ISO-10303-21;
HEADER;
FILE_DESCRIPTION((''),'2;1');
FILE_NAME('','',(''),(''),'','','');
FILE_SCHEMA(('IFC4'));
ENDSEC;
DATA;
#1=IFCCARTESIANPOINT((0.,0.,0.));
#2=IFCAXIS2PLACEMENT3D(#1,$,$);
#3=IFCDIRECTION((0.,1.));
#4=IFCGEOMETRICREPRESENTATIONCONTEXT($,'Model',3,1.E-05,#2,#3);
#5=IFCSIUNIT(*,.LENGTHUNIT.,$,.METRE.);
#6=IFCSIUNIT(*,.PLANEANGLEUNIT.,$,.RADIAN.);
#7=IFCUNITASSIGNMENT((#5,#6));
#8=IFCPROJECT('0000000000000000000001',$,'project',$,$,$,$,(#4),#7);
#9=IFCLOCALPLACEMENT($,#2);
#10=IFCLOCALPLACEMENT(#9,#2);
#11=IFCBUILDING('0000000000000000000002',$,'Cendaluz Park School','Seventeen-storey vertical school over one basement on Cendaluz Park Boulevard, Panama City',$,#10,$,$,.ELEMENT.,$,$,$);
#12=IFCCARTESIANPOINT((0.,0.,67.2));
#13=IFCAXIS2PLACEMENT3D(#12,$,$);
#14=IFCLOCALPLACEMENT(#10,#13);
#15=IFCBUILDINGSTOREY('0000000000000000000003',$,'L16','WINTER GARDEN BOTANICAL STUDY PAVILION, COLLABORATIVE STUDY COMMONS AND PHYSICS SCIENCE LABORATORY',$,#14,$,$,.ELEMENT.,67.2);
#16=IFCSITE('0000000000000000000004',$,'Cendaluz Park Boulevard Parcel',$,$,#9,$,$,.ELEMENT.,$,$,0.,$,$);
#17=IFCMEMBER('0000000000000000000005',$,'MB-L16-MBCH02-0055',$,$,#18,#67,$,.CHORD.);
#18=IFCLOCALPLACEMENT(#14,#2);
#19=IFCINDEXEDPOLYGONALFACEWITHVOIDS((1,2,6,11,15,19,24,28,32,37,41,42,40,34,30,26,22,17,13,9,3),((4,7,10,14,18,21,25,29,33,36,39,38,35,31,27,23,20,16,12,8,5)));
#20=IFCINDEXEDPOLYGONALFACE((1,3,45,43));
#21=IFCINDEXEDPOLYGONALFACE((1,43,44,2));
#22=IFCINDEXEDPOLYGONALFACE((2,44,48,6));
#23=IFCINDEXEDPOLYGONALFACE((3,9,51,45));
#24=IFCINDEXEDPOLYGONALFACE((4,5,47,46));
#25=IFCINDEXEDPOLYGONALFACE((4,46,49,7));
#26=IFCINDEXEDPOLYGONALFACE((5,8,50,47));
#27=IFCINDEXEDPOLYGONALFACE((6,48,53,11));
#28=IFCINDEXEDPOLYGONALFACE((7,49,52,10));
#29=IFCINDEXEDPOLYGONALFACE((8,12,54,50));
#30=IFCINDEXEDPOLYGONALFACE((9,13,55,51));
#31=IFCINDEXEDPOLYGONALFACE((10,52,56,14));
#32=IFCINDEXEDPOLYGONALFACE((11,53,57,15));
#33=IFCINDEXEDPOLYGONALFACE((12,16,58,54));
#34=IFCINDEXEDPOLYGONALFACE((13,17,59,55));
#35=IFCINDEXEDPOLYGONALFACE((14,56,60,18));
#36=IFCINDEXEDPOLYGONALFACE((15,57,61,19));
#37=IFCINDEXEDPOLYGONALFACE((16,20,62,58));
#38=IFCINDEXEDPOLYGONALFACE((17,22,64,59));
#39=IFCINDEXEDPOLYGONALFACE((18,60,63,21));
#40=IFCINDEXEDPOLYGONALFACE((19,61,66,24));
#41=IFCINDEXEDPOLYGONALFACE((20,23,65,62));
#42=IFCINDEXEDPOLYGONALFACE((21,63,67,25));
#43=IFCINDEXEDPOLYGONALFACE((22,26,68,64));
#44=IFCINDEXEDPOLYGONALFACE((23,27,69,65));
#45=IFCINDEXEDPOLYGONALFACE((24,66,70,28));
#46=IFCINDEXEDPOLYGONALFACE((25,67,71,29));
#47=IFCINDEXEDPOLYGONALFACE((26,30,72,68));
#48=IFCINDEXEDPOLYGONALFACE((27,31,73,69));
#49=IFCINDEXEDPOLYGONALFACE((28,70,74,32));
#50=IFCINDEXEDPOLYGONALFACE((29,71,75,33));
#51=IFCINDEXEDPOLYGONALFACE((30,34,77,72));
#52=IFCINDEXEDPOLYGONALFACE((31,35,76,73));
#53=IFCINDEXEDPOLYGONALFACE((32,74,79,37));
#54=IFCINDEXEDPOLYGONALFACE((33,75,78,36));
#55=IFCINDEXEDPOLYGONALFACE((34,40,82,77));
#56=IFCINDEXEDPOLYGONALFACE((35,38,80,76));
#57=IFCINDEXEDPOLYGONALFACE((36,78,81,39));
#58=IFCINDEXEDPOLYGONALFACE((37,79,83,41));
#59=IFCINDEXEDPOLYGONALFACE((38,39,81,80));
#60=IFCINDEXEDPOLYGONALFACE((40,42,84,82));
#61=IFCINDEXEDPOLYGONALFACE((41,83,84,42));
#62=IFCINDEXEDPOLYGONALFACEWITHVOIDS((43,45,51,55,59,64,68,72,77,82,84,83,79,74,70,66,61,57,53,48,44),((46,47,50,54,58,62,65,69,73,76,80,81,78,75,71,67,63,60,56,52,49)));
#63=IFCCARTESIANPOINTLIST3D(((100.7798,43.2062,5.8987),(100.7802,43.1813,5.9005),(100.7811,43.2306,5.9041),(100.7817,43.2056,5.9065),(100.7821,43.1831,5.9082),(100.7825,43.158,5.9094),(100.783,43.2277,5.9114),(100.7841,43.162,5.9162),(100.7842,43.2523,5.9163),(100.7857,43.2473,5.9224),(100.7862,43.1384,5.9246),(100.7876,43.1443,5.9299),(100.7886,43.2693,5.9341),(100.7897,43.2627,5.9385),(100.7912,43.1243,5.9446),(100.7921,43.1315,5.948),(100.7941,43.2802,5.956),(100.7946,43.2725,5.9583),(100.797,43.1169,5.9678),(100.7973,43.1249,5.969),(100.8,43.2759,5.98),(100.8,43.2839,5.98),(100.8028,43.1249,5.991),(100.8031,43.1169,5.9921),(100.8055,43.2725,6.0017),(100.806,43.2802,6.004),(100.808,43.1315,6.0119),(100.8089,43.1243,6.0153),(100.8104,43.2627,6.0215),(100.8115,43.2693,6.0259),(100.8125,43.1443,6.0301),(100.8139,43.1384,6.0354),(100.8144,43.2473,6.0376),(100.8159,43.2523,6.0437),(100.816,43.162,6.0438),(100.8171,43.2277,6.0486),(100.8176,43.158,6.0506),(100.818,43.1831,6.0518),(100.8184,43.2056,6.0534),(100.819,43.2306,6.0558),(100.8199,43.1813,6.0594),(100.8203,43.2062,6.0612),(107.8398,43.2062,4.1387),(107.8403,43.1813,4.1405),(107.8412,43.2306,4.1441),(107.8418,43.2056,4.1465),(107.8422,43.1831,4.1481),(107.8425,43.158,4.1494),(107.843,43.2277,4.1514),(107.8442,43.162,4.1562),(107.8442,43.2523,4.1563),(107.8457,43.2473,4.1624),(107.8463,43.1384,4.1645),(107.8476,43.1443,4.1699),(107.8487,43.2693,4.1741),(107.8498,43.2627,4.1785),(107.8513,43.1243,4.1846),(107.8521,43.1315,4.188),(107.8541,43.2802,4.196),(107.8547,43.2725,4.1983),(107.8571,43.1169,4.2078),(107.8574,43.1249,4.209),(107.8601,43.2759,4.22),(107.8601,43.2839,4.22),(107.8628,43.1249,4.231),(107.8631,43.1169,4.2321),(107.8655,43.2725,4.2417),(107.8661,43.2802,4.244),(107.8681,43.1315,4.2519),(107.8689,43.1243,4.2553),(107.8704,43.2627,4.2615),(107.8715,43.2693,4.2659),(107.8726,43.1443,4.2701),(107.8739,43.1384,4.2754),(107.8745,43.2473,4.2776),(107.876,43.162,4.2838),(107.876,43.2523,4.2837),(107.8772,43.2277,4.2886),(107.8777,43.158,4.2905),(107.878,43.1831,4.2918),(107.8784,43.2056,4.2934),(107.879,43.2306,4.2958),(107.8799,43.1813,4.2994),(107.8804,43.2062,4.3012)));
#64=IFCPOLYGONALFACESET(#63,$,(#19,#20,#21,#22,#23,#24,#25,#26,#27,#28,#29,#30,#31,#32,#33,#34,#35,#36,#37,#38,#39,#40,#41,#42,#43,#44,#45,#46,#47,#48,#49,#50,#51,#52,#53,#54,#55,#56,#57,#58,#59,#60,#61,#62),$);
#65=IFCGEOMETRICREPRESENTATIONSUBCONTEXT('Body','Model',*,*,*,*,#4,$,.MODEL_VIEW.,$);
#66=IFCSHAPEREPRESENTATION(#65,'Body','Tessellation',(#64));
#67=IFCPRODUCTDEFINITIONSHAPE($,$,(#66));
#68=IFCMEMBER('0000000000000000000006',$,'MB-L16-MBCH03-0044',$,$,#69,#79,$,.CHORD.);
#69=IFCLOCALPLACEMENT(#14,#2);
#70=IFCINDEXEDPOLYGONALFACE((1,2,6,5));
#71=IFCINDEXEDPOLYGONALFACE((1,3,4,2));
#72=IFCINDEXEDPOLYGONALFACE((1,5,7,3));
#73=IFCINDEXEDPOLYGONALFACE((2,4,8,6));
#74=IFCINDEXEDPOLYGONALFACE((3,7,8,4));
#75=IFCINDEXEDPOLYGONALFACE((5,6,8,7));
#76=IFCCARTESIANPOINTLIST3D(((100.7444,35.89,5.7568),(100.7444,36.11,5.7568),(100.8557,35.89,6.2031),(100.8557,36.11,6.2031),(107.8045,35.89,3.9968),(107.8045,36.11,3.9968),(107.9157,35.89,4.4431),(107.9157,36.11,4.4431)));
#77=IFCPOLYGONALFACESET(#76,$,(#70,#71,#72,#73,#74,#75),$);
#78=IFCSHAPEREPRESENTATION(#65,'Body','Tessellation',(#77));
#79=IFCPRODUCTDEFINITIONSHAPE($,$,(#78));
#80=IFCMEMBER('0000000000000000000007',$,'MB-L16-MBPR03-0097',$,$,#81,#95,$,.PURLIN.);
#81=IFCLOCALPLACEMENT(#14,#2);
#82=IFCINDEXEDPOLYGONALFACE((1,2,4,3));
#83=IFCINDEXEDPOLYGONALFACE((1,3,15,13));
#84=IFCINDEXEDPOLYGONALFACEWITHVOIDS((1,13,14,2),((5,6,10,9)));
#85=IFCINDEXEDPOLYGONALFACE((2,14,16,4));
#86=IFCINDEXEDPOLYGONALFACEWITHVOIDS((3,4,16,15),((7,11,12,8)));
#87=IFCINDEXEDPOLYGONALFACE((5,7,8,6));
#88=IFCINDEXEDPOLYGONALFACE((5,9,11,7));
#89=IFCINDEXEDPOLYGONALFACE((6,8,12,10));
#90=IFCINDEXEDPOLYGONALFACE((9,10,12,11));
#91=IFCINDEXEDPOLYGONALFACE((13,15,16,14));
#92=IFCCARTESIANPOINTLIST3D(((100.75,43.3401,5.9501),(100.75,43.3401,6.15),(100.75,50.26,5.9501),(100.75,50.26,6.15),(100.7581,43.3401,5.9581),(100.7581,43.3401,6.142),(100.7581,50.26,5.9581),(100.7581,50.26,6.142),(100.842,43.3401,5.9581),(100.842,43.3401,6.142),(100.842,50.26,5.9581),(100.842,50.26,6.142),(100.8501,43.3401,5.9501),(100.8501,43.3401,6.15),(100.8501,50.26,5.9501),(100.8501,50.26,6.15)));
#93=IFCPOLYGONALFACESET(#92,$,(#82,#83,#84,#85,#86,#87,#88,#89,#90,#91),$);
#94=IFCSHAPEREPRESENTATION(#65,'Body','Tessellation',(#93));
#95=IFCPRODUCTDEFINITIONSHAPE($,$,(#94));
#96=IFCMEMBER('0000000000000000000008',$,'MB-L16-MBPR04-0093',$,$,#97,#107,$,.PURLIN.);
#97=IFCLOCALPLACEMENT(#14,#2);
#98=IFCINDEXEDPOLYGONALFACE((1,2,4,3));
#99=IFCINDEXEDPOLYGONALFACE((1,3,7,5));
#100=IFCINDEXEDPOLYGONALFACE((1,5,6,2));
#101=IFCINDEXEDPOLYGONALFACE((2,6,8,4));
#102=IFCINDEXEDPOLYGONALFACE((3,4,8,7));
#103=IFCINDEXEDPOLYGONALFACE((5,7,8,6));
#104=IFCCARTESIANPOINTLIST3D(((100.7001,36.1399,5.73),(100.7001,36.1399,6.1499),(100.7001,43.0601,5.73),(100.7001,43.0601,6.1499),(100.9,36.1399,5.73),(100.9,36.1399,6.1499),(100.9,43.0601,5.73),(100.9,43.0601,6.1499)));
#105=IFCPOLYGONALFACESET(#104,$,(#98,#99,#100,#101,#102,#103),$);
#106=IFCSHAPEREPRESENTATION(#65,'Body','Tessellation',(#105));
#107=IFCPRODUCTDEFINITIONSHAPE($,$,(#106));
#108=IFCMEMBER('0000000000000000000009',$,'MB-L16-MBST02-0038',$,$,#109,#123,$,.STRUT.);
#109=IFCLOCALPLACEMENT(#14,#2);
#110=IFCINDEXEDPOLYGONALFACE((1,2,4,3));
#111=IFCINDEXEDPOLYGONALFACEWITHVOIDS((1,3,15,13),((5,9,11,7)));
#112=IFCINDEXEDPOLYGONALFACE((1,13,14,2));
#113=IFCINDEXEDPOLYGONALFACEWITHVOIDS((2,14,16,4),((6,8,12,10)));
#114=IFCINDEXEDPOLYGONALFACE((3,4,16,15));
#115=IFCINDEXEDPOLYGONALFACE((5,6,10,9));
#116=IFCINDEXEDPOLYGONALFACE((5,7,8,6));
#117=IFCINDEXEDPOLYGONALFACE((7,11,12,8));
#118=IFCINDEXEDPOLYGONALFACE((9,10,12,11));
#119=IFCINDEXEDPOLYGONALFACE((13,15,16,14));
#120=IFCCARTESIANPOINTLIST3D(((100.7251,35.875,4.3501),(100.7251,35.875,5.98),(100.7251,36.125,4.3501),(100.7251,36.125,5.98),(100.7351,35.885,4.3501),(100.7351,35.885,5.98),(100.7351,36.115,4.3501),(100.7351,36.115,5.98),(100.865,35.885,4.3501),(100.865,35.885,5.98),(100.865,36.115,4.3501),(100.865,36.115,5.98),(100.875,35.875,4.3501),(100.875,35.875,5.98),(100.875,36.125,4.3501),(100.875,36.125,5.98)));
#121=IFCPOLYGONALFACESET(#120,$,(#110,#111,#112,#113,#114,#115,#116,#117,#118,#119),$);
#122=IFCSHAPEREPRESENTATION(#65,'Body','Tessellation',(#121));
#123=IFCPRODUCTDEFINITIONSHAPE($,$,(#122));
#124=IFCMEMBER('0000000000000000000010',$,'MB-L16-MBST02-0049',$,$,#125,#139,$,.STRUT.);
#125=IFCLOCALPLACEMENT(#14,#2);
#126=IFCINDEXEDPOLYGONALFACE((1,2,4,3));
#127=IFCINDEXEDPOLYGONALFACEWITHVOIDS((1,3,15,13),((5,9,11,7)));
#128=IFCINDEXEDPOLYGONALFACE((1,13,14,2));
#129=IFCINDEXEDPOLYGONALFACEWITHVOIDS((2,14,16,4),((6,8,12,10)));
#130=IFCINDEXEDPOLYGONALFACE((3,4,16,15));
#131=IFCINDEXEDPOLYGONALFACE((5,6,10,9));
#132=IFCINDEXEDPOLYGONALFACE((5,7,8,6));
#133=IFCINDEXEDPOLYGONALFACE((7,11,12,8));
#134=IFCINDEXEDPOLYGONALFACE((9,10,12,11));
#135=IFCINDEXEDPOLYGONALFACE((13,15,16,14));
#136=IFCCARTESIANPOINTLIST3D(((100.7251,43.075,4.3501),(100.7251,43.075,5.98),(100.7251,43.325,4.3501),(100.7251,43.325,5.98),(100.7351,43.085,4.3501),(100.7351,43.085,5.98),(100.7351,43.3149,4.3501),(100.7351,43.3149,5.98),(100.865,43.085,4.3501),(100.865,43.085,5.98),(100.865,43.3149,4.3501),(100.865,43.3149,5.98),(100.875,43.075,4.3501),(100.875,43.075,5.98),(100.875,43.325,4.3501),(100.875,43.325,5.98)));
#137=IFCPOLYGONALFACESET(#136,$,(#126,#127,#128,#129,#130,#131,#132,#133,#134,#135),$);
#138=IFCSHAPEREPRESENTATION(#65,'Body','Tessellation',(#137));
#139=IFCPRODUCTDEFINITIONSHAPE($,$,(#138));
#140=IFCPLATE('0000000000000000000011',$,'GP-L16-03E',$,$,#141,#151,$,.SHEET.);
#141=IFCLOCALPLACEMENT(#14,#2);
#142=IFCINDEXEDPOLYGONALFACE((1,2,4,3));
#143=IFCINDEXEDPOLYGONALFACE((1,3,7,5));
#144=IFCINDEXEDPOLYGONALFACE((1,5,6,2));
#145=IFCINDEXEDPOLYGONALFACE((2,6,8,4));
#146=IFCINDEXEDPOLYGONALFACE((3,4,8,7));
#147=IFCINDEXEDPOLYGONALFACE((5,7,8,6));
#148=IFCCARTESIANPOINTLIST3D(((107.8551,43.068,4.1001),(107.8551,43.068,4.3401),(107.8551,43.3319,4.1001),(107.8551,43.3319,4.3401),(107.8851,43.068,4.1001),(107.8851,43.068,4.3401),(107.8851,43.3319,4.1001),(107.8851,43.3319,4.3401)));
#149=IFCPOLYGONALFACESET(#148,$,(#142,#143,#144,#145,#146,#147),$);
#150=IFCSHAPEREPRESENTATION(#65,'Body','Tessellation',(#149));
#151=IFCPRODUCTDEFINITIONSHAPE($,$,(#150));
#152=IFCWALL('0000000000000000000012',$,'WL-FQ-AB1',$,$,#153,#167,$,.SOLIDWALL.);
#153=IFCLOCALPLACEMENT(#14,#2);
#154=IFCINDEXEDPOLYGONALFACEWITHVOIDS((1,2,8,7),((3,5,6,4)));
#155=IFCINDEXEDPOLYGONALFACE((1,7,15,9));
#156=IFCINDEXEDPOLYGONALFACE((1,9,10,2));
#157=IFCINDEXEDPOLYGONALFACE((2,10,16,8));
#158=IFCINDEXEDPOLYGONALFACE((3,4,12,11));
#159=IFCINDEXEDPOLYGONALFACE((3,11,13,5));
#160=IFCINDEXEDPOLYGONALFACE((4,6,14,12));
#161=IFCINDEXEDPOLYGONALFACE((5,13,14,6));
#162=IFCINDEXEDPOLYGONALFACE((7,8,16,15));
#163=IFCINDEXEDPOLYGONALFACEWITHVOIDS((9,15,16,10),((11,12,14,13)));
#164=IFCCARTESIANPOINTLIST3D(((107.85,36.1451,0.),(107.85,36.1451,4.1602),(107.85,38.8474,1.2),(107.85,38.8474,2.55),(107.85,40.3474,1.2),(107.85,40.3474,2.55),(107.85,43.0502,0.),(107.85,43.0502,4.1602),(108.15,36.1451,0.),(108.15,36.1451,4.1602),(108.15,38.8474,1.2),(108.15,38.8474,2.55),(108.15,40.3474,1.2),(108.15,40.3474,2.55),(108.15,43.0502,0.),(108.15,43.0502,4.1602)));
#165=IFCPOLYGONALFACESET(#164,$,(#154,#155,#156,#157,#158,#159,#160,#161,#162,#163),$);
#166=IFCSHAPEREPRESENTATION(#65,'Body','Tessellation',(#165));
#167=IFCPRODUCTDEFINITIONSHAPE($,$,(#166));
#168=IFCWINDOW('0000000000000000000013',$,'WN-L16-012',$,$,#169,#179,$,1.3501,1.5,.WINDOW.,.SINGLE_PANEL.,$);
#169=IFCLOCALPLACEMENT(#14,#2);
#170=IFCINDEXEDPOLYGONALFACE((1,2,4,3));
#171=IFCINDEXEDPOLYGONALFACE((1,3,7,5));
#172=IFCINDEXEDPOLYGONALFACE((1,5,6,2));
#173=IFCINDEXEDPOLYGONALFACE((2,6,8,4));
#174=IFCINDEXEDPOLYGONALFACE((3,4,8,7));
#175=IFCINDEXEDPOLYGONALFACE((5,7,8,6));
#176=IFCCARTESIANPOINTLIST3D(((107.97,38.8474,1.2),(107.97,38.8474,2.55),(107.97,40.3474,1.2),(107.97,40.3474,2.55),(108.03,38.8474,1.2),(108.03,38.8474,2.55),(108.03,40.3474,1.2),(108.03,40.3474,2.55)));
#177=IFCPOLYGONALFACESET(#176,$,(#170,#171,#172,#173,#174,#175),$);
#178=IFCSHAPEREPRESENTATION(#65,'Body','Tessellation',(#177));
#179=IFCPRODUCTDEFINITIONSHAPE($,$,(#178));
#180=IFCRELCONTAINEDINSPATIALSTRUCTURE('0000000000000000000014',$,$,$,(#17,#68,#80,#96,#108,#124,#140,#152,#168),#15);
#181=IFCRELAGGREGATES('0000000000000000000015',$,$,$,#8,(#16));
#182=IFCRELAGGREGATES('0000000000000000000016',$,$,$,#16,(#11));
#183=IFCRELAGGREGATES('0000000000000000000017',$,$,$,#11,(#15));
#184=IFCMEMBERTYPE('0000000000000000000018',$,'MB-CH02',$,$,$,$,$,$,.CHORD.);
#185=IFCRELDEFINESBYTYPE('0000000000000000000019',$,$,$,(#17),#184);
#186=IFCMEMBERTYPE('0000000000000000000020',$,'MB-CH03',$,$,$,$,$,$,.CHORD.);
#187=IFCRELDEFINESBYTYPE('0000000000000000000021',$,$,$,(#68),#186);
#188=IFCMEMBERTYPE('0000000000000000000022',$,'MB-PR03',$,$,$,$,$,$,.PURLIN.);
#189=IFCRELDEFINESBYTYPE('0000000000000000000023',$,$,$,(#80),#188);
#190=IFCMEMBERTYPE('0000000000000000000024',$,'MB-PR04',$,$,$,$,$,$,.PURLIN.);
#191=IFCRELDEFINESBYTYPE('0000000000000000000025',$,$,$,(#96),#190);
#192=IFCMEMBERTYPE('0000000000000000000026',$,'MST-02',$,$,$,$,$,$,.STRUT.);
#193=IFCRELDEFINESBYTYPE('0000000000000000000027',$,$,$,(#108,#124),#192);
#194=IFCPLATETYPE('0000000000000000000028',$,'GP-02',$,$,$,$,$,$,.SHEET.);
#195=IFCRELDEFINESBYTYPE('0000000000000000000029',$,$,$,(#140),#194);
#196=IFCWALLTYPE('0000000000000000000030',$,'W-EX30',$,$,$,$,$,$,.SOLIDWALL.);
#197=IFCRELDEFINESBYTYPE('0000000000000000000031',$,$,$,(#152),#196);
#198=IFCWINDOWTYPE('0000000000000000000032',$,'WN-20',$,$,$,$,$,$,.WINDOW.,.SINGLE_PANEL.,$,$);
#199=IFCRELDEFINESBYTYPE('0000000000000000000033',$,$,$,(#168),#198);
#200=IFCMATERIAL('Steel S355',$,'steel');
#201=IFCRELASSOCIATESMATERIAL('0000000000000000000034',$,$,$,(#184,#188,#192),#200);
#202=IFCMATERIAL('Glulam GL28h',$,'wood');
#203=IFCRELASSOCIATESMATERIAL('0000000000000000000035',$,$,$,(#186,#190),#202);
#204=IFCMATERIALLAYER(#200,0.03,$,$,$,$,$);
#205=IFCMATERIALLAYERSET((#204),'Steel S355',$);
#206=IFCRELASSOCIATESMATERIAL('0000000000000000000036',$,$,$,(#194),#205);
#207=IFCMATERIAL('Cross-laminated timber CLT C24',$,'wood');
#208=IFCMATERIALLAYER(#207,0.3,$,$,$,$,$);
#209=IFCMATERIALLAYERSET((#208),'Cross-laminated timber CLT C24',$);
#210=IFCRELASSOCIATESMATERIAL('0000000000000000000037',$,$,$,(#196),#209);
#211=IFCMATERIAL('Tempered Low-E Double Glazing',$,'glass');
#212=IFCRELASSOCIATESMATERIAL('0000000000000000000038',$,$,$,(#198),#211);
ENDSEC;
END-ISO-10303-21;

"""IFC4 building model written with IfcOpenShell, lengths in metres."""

from ifc_helpers import new_model, si_unit, direction, frame, frame_2d, origin, origin_2d, place, context, subcontext, project, spatial, rectangle, hollow_rectangle, hollow_circle, extrude, material, layer, layer_set, material_profile, profile_set, type_object, element, fill, save


model = new_model("IFC4")

# Units and contexts
model_context = context("Model", 3, precision=1e-05, world=origin(), true_north=direction((0.0, 1.0)))
body_context = subcontext(model_context, "Body", "Model", "MODEL_VIEW")
ifc_project = project(units=[si_unit("LENGTHUNIT", "METRE"), si_unit("PLANEANGLEUNIT", "RADIAN")], contexts=[model_context])

# Site, building, storey
site_placement = place(None, origin())
site = spatial("IfcSite", under=ifc_project, at=site_placement, Name="Cendaluz Park Boulevard Parcel", CompositionType="ELEMENT", RefElevation=0.0)
building_placement = place(site_placement, origin())
building = spatial("IfcBuilding", under=site, at=building_placement, Name="Cendaluz Park School", Description="Seventeen-storey vertical school over one basement on Cendaluz Park Boulevard, Panama City", CompositionType="ELEMENT")
storey_placement = place(building_placement, frame((0.0, 0.0, 67.2)))
storey = spatial("IfcBuildingStorey", under=building, at=storey_placement, Name="L16", Description="WINTER GARDEN BOTANICAL STUDY PAVILION, COLLABORATIVE STUDY COMMONS AND PHYSICS SCIENCE LABORATORY", CompositionType="ELEMENT", Elevation=67.2)

# Shared definitions
ifc_material_1 = material(Name="Steel S355", Category="steel")

# Members
ifc_material_profile_1 = material_profile(ifc_material_1, hollow_circle(Radius=0.084, WallThickness=0.0081, at=origin_2d()), Name="CHS 168x8", Category="steel")
ifc_profile_set_1 = profile_set([ifc_material_profile_1], Name="Steel S355")
member_type_1 = type_object("IfcMemberType", Name="MB-CH02", PredefinedType="CHORD", material=ifc_profile_set_1)
member_1_placement = place(storey_placement, frame((100.8, 43.2, 5.98), z_axis=(0.970304, 0.0, -0.241888), x_axis=(0.0, 1.0, 0.0)))
element("IfcMember", 1, at=member_1_placement, inside=storey, type_object=member_type_1, Name="MB-L16-MBCH02-0055", PredefinedType="CHORD", context=body_context, shape_type="SweptSolid", body=[
    extrude(hollow_circle(Radius=0.084, WallThickness=0.0081, at=origin_2d()), origin(), (0.0, 0.0, 1.0), 7.2761),
])
ifc_material_2 = material(Name="Glulam GL28h", Category="wood")
ifc_material_profile_2 = material_profile(ifc_material_2, rectangle(XDim=0.22, YDim=0.46, at=origin_2d()), Name="GL28h 220x460", Category="wood")
ifc_profile_set_2 = profile_set([ifc_material_profile_2], Name="Glulam GL28h")
member_type_2 = type_object("IfcMemberType", Name="MB-CH03", PredefinedType="CHORD", material=ifc_profile_set_2)
member_2_placement = place(storey_placement, frame((100.8, 36.0, 5.98), z_axis=(0.970304, 0.0, -0.241888), x_axis=(0.0, 1.0, 0.0)))
element("IfcMember", 2, at=member_2_placement, inside=storey, type_object=member_type_2, Name="MB-L16-MBCH03-0044", PredefinedType="CHORD", context=body_context, shape_type="SweptSolid", body=[
    extrude(rectangle(XDim=0.22, YDim=0.46, at=origin_2d()), origin(), (0.0, 0.0, 1.0), 7.2761),
])
ifc_material_profile_3 = material_profile(ifc_material_1, hollow_rectangle(XDim=0.1001, YDim=0.2, WallThickness=0.0081, at=origin_2d()), Name="RHS 200x100x8", Category="steel")
ifc_profile_set_3 = profile_set([ifc_material_profile_3], Name="Steel S355")
member_type_3 = type_object("IfcMemberType", Name="MB-PR03", PredefinedType="PURLIN", material=ifc_profile_set_3)
member_3_placement = place(storey_placement, frame((100.8, 43.3401, 6.05), z_axis=(0.0, 1.0, 0.0), x_axis=(-1.0, 0.0, 0.0)))
element("IfcMember", 3, at=member_3_placement, inside=storey, type_object=member_type_3, Name="MB-L16-MBPR03-0097", PredefinedType="PURLIN", context=body_context, shape_type="SweptSolid", body=[
    extrude(hollow_rectangle(XDim=0.1001, YDim=0.2, WallThickness=0.0081, at=origin_2d()), origin(), (0.0, 0.0, 1.0), 6.9199),
])
ifc_material_profile_4 = material_profile(ifc_material_2, rectangle(XDim=0.2, YDim=0.4199, at=origin_2d()), Name="GL28h 200x420", Category="wood")
ifc_profile_set_4 = profile_set([ifc_material_profile_4], Name="Glulam GL28h")
member_type_4 = type_object("IfcMemberType", Name="MB-PR04", PredefinedType="PURLIN", material=ifc_profile_set_4)
member_4_placement = place(storey_placement, frame((100.8, 36.1399, 5.9399), z_axis=(0.0, 1.0, 0.0), x_axis=(-1.0, 0.0, 0.0)))
element("IfcMember", 4, at=member_4_placement, inside=storey, type_object=member_type_4, Name="MB-L16-MBPR04-0093", PredefinedType="PURLIN", context=body_context, shape_type="SweptSolid", body=[
    extrude(rectangle(XDim=0.2, YDim=0.4199, at=origin_2d()), origin(), (0.0, 0.0, 1.0), 6.9202),
])
ifc_material_profile_5 = material_profile(ifc_material_1, hollow_rectangle(XDim=0.1499, YDim=0.25, WallThickness=0.01, at=origin_2d()), Name="RHS 250x150x10", Category="steel")
ifc_profile_set_5 = profile_set([ifc_material_profile_5], Name="Steel S355")
member_type_5 = type_object("IfcMemberType", Name="MST-02", PredefinedType="STRUT", material=ifc_profile_set_5)
for number, where, z_axis, x_axis, name in (
    (5, (100.8, 36.0, 4.3501), (0.0, 0.0, 1.0), (1.0, 0.0, 0.0), "MB-L16-MBST02-0038"),
    (6, (100.8, 43.2, 4.3501), (0.0, 0.0, 1.0), (1.0, 0.0, 0.0), "MB-L16-MBST02-0049"),
):
    element("IfcMember", number, at=place(storey_placement, frame(where, z_axis=z_axis, x_axis=x_axis)), inside=storey, type_object=member_type_5, Name=name, PredefinedType="STRUT", context=body_context, shape_type="SweptSolid", body=[
        extrude(hollow_rectangle(XDim=0.1499, YDim=0.25, WallThickness=0.01, at=origin_2d()), origin(), (0.0, 0.0, 1.0), 1.6299),
    ])

# Plate
ifc_layer_1 = layer(ifc_material_1, 0.03)
ifc_layer_set_1 = layer_set([ifc_layer_1], Name="Steel S355")
plate_type = type_object("IfcPlateType", Name="GP-02", PredefinedType="SHEET", material=ifc_layer_set_1)
plate_placement = place(storey_placement, frame((107.8701, 43.2, 4.1001), z_axis=(0.0, 0.0, 1.0), x_axis=(1.0, 0.0, 0.0)))
element("IfcPlate", 7, at=plate_placement, inside=storey, type_object=plate_type, Name="GP-L16-03E", PredefinedType="SHEET", context=body_context, shape_type="SweptSolid", body=[
    extrude(rectangle(XDim=0.03, YDim=0.2639, at=origin_2d()), origin(), (0.0, 0.0, 1.0), 0.24),
])

# Wall, opening, window
ifc_material_3 = material(Name="Cross-laminated timber CLT C24", Category="wood")
ifc_layer_2 = layer(ifc_material_3, 0.3)
ifc_layer_set_2 = layer_set([ifc_layer_2], Name="Cross-laminated timber CLT C24")
wall_type_1 = type_object("IfcWallType", Name="W-EX30", PredefinedType="SOLIDWALL", material=ifc_layer_set_2)
wall_1_placement = place(storey_placement, frame((108.0, 36.145, 0.0), z_axis=(0.0, 0.0, 1.0), x_axis=(0.0, 1.0, 0.0)))
wall_1 = element("IfcWall", 8, at=wall_1_placement, inside=storey, type_object=wall_type_1, Name="WL-FQ-AB1", PredefinedType="SOLIDWALL", context=body_context, shape_type="SweptSolid", body=[
    extrude(rectangle(XDim=6.905, YDim=0.3, at=frame_2d((3.4526, 0.0))), origin(), (0.0, 0.0, 1.0), 4.1602),
])
opening_1_placement = place(wall_1_placement, frame((2.7024, 0.0, 1.2)))
opening_1 = element("IfcOpeningElement", 9, at=opening_1_placement, cuts=wall_1, PredefinedType="OPENING", context=body_context, shape_type="SweptSolid", body=[
    extrude(rectangle(XDim=1.5, YDim=1.3501, at=frame_2d((0.75, 0.675))), frame((0.0, 0.1621, 0.0), z_axis=(0.0, -1.0, 0.0), x_axis=(1.0, 0.0, 0.0)), (0.0, 0.0, 1.0), 0.324),
])
ifc_material_4 = material(Name="Tempered Low-E Double Glazing", Category="glass")
window_type = type_object("IfcWindowType", Name="WN-20", PartitioningType="SINGLE_PANEL", PredefinedType="WINDOW", material=ifc_material_4)
window_placement = place(opening_1_placement, origin())
window = element("IfcWindow", 10, at=window_placement, inside=storey, type_object=window_type, Name="WN-L16-012", OverallHeight=1.3501, OverallWidth=1.5, PartitioningType="SINGLE_PANEL", PredefinedType="WINDOW", context=body_context, shape_type="SweptSolid", body=[
    extrude(rectangle(XDim=1.5, YDim=1.3501, at=frame_2d((0.75, 0.675))), frame((0.0, 0.03, 0.0), z_axis=(0.0, -1.0, 0.0), x_axis=(1.0, 0.0, 0.0)), (0.0, 0.0, 1.0), 0.0601),
])
fill(opening_1, window)

save(model, "model.ifc")
